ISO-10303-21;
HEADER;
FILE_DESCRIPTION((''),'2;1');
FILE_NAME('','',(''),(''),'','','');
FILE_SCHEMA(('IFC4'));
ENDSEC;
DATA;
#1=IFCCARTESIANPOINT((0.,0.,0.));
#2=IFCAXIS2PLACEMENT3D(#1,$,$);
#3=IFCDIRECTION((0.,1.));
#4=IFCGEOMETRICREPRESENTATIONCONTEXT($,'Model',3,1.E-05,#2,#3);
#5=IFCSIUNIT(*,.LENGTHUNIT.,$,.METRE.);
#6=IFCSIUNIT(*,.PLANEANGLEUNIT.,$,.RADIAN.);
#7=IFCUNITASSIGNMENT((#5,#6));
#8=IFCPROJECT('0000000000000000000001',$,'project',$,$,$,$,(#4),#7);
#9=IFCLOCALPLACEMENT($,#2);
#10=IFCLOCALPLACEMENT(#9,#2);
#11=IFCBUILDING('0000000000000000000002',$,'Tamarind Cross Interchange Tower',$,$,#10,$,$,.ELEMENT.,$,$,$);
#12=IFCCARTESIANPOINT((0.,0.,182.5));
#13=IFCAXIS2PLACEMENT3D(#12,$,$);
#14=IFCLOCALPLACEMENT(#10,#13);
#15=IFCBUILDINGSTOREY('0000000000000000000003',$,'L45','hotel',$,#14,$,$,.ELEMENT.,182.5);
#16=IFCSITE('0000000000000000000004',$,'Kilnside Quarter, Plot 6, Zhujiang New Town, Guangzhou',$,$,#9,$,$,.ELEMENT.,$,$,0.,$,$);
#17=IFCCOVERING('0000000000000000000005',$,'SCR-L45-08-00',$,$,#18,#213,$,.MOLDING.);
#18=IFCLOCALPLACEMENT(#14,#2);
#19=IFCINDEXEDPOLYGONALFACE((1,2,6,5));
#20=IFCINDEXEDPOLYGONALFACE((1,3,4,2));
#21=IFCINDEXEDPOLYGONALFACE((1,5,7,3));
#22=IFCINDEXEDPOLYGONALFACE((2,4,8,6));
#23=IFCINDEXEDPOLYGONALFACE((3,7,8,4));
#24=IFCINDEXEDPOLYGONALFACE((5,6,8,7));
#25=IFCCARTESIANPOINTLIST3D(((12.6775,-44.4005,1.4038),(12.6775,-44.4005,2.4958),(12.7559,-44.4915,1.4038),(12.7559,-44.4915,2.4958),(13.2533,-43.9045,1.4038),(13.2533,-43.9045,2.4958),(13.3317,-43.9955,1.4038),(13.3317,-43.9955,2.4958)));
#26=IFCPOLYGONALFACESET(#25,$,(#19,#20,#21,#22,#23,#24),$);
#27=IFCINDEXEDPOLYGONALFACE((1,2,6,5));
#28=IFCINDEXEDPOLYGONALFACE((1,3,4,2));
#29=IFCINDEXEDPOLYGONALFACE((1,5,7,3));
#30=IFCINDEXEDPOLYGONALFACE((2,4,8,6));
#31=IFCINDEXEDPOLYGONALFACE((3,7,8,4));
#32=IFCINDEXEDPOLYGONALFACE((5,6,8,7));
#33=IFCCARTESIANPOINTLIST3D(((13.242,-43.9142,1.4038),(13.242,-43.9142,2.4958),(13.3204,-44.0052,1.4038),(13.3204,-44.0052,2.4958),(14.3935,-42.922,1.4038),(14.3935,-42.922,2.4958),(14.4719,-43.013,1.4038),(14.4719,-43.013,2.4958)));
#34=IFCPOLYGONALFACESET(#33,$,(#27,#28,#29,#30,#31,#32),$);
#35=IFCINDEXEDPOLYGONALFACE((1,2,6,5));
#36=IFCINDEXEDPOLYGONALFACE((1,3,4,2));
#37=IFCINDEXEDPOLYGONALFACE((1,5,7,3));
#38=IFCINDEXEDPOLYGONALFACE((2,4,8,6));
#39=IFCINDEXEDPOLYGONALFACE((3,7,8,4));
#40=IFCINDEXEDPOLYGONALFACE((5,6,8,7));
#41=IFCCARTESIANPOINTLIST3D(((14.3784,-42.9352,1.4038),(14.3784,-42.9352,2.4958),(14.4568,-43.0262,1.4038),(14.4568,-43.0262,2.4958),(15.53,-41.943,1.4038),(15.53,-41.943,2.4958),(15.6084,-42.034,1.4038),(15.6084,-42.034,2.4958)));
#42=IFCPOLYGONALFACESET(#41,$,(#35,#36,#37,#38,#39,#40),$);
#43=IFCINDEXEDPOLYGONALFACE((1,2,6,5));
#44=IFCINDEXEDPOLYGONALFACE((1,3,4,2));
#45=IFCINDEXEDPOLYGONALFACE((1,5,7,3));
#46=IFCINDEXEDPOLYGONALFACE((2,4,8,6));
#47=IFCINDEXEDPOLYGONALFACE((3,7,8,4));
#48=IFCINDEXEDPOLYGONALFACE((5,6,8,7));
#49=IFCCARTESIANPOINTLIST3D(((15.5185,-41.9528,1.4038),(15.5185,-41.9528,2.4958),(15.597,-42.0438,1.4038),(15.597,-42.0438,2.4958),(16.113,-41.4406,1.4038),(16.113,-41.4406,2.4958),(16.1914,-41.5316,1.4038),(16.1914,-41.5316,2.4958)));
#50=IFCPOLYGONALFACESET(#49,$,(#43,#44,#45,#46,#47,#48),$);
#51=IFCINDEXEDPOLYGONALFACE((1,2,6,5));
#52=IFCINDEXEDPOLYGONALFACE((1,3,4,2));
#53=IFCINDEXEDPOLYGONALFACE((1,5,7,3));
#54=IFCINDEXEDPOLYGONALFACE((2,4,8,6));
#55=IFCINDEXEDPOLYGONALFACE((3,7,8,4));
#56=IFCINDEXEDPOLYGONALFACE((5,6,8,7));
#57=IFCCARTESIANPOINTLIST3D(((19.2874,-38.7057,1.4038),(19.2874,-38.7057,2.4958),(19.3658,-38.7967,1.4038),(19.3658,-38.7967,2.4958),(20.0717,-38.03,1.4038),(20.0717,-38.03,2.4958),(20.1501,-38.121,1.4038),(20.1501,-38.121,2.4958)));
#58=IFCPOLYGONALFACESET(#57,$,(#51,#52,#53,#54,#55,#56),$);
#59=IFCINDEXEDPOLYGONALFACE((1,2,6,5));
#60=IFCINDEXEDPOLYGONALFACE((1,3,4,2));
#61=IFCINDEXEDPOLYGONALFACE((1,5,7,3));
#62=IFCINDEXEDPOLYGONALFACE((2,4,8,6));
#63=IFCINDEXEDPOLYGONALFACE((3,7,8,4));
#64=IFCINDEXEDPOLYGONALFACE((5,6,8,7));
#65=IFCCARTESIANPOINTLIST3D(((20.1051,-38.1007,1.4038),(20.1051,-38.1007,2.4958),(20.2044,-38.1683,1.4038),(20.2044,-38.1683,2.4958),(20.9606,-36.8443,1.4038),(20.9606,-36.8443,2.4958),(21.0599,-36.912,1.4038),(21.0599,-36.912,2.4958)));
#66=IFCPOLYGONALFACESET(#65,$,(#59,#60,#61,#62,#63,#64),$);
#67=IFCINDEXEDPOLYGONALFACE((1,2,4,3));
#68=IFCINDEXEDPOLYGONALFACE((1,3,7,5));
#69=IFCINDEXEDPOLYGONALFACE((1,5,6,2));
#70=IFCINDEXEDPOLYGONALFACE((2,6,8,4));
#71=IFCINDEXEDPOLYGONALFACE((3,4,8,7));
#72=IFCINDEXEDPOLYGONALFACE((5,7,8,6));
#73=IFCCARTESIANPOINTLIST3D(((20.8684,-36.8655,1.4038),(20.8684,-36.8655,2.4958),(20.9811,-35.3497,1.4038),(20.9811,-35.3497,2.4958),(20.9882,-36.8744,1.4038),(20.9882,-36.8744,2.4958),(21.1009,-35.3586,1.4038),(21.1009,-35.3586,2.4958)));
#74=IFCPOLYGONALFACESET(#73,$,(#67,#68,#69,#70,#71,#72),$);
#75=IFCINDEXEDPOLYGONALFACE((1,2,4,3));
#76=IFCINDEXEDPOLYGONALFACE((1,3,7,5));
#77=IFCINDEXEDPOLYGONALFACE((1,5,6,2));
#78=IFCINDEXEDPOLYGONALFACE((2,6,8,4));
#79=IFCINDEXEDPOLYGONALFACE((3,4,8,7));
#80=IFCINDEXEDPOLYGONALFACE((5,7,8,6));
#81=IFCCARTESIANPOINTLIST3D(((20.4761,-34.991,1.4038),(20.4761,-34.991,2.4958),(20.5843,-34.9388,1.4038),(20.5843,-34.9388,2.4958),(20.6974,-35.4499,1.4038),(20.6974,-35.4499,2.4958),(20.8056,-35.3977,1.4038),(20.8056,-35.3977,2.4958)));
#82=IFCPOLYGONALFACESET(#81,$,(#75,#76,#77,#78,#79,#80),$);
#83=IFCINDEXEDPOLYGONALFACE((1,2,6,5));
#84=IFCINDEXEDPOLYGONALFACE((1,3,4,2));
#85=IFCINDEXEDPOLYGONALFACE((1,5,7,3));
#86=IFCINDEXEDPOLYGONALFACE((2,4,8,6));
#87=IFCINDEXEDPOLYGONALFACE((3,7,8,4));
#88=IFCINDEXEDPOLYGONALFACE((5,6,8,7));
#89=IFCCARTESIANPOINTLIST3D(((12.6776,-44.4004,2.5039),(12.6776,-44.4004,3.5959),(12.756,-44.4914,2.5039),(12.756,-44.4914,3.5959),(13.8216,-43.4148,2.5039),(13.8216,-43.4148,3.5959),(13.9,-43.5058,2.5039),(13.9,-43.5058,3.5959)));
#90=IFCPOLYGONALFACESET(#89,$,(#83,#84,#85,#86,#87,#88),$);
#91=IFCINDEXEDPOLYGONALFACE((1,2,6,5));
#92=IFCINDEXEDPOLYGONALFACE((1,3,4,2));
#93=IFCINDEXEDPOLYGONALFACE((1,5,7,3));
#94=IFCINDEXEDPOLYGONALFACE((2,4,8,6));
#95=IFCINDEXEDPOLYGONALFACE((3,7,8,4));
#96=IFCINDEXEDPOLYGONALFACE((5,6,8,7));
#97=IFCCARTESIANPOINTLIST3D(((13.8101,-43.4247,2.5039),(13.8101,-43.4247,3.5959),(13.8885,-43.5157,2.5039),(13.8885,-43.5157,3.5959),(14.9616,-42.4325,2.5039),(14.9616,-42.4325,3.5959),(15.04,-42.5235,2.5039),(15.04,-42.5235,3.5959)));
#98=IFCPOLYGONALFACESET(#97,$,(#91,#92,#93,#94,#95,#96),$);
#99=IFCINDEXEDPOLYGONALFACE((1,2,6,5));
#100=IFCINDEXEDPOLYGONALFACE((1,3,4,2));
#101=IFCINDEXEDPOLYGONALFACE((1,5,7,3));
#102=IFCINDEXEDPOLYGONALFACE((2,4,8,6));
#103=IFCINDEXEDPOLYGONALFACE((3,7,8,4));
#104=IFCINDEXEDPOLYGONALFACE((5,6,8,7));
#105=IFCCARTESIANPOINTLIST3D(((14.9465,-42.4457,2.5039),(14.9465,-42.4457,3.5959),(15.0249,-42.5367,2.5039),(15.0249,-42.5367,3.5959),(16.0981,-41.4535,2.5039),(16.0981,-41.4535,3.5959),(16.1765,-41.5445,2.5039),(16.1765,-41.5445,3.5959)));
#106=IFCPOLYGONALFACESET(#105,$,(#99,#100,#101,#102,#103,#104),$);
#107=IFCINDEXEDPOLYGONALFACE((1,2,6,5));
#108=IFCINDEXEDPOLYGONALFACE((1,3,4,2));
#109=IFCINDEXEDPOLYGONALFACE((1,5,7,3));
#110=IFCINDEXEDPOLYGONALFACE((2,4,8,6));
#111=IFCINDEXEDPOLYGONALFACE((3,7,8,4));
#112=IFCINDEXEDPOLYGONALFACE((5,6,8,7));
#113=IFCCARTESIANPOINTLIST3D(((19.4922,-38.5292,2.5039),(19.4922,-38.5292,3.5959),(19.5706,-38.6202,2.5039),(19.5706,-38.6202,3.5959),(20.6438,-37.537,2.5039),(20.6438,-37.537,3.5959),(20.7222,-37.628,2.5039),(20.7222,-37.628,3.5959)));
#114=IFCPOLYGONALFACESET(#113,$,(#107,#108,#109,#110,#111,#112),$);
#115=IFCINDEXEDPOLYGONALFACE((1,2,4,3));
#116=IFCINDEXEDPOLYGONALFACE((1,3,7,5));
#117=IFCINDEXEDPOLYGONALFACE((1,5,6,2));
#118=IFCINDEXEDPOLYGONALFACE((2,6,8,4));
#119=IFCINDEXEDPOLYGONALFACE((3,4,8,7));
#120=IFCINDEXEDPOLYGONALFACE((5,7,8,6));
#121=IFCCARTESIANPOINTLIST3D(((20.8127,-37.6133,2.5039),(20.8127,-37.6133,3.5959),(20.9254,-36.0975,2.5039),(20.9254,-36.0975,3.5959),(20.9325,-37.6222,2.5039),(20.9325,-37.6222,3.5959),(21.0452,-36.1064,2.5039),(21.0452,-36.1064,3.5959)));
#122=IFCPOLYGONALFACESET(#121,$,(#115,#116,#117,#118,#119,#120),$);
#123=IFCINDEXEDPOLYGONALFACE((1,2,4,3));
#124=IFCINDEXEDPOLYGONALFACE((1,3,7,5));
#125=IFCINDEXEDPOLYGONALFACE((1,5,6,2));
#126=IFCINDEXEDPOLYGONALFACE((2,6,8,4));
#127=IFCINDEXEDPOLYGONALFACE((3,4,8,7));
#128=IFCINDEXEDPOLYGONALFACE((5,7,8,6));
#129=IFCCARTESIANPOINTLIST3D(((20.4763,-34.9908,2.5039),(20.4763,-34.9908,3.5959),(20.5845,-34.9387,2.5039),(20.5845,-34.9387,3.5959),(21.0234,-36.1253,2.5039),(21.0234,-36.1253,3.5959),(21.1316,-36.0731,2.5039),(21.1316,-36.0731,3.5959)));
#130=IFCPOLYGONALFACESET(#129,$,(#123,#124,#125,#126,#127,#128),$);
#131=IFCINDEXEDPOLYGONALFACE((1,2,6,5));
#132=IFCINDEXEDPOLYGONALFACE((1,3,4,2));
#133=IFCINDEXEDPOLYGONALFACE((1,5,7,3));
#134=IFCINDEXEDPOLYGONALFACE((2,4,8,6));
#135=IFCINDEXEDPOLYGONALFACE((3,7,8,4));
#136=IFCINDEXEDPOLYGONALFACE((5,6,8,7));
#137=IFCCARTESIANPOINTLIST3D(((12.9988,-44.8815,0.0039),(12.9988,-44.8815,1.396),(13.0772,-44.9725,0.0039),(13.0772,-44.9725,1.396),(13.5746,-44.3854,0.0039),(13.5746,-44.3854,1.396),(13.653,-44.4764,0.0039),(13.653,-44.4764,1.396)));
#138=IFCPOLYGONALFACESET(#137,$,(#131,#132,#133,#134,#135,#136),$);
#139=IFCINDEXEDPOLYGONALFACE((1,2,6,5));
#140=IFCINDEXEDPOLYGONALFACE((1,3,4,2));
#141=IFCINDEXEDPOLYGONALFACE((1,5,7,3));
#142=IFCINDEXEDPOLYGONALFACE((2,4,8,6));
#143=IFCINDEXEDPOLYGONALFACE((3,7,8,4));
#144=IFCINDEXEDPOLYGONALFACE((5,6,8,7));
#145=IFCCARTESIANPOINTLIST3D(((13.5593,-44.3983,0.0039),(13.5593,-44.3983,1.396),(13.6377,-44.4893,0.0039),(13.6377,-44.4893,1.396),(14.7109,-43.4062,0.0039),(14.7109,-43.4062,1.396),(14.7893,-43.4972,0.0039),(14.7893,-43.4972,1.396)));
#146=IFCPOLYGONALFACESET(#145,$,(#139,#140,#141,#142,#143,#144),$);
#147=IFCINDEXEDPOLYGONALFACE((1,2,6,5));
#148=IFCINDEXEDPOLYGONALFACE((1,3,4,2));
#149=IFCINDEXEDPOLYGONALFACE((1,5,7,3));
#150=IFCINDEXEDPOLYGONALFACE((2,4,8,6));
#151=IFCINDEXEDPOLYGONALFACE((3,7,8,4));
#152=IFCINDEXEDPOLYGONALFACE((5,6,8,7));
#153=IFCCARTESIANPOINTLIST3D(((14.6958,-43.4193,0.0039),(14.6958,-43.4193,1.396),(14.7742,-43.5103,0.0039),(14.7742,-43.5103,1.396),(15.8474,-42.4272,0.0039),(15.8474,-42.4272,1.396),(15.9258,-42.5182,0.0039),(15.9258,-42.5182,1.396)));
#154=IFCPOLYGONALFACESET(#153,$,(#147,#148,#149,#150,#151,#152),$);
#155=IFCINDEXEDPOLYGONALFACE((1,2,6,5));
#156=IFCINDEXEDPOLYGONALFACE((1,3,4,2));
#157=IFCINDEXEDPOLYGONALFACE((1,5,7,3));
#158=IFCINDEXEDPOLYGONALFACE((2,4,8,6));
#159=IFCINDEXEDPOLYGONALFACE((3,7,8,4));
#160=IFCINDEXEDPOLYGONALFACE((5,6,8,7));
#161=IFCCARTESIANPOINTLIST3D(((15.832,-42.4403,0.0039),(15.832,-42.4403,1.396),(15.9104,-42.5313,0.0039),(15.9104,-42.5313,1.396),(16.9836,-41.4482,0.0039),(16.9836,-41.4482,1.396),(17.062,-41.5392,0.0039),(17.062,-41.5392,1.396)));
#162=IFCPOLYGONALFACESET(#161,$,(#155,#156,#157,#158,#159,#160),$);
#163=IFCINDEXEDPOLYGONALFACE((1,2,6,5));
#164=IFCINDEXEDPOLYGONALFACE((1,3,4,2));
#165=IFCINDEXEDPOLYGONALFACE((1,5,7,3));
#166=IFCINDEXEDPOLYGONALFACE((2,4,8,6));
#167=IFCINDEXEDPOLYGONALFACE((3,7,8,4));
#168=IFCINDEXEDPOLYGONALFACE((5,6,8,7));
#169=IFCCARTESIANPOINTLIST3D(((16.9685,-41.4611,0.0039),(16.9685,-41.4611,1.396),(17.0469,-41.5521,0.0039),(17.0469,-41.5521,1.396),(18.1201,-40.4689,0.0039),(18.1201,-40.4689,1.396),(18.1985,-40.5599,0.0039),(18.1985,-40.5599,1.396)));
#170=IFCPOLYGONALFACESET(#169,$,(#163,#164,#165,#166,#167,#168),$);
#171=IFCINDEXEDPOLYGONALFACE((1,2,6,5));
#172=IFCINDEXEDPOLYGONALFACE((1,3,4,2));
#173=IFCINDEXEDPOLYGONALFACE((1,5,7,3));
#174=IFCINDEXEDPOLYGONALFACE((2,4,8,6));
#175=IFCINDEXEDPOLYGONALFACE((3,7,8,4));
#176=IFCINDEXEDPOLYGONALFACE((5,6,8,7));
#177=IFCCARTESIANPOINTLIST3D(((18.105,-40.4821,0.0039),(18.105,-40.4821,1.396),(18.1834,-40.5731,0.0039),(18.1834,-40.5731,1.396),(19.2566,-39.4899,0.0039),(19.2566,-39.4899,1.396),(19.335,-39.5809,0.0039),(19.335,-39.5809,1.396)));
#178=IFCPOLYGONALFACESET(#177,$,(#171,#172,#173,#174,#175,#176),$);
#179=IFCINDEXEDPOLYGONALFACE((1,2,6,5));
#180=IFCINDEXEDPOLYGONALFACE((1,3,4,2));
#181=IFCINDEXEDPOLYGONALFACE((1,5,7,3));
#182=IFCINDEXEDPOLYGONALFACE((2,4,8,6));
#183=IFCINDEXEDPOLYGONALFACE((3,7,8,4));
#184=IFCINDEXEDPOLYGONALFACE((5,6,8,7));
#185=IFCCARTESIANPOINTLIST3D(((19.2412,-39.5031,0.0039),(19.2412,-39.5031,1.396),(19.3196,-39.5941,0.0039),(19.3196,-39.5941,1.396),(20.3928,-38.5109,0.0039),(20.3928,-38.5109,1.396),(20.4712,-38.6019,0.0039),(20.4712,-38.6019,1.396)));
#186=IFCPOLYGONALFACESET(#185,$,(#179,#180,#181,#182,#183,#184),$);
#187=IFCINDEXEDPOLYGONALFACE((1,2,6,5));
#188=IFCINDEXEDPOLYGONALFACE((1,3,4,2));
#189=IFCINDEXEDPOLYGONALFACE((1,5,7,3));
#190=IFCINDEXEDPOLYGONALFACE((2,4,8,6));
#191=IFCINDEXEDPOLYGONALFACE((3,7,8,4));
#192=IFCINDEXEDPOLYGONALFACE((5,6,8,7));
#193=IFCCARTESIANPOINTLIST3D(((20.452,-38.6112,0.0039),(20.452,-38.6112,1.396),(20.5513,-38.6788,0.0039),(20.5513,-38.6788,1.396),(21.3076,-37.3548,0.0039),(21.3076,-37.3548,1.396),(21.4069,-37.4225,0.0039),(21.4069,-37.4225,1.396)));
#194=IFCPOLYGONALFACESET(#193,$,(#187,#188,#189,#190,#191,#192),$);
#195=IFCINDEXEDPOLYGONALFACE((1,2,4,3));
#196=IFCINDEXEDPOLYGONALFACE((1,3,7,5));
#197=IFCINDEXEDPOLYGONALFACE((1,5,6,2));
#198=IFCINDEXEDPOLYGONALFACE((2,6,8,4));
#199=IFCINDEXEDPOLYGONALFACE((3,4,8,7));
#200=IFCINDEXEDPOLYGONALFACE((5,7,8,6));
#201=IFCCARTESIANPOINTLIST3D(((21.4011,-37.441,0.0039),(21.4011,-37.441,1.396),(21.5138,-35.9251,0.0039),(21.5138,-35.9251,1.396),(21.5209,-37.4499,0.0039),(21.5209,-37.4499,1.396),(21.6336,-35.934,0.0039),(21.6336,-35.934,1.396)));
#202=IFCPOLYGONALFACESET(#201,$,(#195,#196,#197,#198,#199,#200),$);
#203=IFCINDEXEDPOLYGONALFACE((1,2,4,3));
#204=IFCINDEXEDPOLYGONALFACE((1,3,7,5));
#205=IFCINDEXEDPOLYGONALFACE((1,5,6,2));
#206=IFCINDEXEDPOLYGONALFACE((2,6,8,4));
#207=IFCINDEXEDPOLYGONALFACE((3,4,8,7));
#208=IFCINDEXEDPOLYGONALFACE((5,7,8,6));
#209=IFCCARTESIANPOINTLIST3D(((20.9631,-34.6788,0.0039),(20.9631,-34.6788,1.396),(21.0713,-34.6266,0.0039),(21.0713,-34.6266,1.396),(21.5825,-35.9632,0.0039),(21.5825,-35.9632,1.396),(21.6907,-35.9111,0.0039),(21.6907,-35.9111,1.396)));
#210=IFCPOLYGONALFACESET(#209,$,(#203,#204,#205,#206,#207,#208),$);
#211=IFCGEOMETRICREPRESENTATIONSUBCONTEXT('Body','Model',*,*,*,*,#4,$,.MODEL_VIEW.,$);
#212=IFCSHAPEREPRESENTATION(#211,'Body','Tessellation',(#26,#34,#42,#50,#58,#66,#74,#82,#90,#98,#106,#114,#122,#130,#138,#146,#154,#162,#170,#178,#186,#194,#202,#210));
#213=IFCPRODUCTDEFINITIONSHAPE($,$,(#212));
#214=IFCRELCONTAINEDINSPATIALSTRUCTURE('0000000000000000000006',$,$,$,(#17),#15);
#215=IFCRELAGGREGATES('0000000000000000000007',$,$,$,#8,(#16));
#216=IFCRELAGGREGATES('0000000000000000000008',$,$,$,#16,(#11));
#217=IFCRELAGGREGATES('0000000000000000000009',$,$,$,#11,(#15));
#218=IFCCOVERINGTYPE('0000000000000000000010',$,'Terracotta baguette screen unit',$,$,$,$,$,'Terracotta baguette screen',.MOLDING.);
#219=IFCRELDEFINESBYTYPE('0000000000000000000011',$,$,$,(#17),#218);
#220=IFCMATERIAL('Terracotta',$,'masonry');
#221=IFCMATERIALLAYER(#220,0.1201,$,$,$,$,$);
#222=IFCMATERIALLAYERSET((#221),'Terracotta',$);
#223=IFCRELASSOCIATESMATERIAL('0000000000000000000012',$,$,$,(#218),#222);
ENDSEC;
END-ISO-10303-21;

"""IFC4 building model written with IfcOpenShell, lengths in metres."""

from ifc_helpers import new_model, si_unit, direction, frame, origin, origin_2d, place, context, subcontext, project, spatial, rectangle, extrude, material, layer, layer_set, type_object, element, save


model = new_model("IFC4")

# Units and contexts
model_context = context("Model", 3, precision=1e-05, world=origin(), true_north=direction((0.0, 1.0)))
body_context = subcontext(model_context, "Body", "Model", "MODEL_VIEW")
ifc_project = project(units=[si_unit("LENGTHUNIT", "METRE"), si_unit("PLANEANGLEUNIT", "RADIAN")], contexts=[model_context])

# Site, building, storey
site_placement = place(None, origin())
site = spatial("IfcSite", under=ifc_project, at=site_placement, Name="Kilnside Quarter, Plot 6, Zhujiang New Town, Guangzhou", CompositionType="ELEMENT", RefElevation=0.0)
building_placement = place(site_placement, origin())
building = spatial("IfcBuilding", under=site, at=building_placement, Name="Tamarind Cross Interchange Tower", CompositionType="ELEMENT")
storey_placement = place(building_placement, frame((0.0, 0.0, 182.5)))
storey = spatial("IfcBuildingStorey", under=building, at=storey_placement, Name="L45", Description="hotel", CompositionType="ELEMENT", Elevation=182.5)

# Covering
ifc_material_1 = material(Name="Terracotta", Category="masonry")
ifc_layer_1 = layer(ifc_material_1, 0.1201)
ifc_layer_set_1 = layer_set([ifc_layer_1], Name="Terracotta")
covering_type = type_object("IfcCoveringType", Name="Terracotta baguette screen unit", ElementType="Terracotta baguette screen", PredefinedType="MOLDING", material=ifc_layer_set_1)
covering_1_placement = place(storey_placement, origin())
element("IfcCovering", 1, at=covering_1_placement, inside=storey, type_object=covering_type, Name="SCR-L45-08-00", PredefinedType="MOLDING", context=body_context, shape_type="SweptSolid", body=[
    extrude(rectangle(XDim=0.76, YDim=0.1201, at=origin_2d()), frame((13.0046, -44.198, 1.4038), z_axis=(0.0, 0.0, 1.0), x_axis=(0.757597, 0.652723, 0.0)), (0.0, 0.0, 1.0), 1.092),
    extrude(rectangle(XDim=1.52, YDim=0.1201, at=origin_2d()), frame((13.8569, -43.4636, 1.4038), z_axis=(0.0, 0.0, 1.0), x_axis=(0.757597, 0.652723, 0.0)), (0.0, 0.0, 1.0), 1.092),
    extrude(rectangle(XDim=1.52, YDim=0.1201, at=origin_2d()), frame((14.9934, -42.4846, 1.4038), z_axis=(0.0, 0.0, 1.0), x_axis=(0.757597, 0.652723, 0.0)), (0.0, 0.0, 1.0), 1.092),
    extrude(rectangle(XDim=0.7847, YDim=0.1201, at=origin_2d()), frame((15.855, -41.7422, 1.4038), z_axis=(0.0, 0.0, 1.0), x_axis=(0.757597, 0.652723, 0.0)), (0.0, 0.0, 1.0), 1.092),
    extrude(rectangle(XDim=1.0352, YDim=0.1201, at=origin_2d()), frame((19.7188, -38.4133, 1.4038), z_axis=(0.0, 0.0, 1.0), x_axis=(0.757597, 0.652723, 0.0)), (0.0, 0.0, 1.0), 1.092),
    extrude(rectangle(XDim=1.52, YDim=0.1201, at=origin_2d()), frame((20.5825, -37.5063, 1.4038), z_axis=(0.0, 0.0, 1.0), x_axis=(0.562845, 0.826562, 0.0)), (0.0, 0.0, 1.0), 1.092),
    extrude(rectangle(XDim=1.52, YDim=0.1201, at=origin_2d()), frame((20.9846, -36.1121, 1.4038), z_axis=(0.0, 0.0, 1.0), x_axis=(0.074157, 0.997247, 0.0)), (0.0, 0.0, 1.0), 1.092),
    extrude(rectangle(XDim=0.5095, YDim=0.1201, at=origin_2d()), frame((20.6409, -35.1943, 1.4038), z_axis=(0.0, 0.0, 1.0), x_axis=(-0.434401, 0.900719, 0.0)), (0.0, 0.0, 1.0), 1.092),
    extrude(rectangle(XDim=1.51, YDim=0.1201, at=origin_2d()), frame((13.2888, -43.9531, 2.5039), z_axis=(0.0, 0.0, 1.0), x_axis=(0.757597, 0.652723, 0.0)), (0.0, 0.0, 1.0), 1.092),
    extrude(rectangle(XDim=1.52, YDim=0.1201, at=origin_2d()), frame((14.425, -42.9741, 2.5039), z_axis=(0.0, 0.0, 1.0), x_axis=(0.757597, 0.652723, 0.0)), (0.0, 0.0, 1.0), 1.092),
    extrude(rectangle(XDim=1.52, YDim=0.1201, at=origin_2d()), frame((15.5615, -41.9951, 2.5039), z_axis=(0.0, 0.0, 1.0), x_axis=(0.757597, 0.652723, 0.0)), (0.0, 0.0, 1.0), 1.092),
    extrude(rectangle(XDim=1.52, YDim=0.1201, at=origin_2d()), frame((20.1072, -38.0786, 2.5039), z_axis=(0.0, 0.0, 1.0), x_axis=(0.757597, 0.652723, 0.0)), (0.0, 0.0, 1.0), 1.092),
    extrude(rectangle(XDim=1.52, YDim=0.1201, at=origin_2d()), frame((20.929, -36.8599, 2.5039), z_axis=(0.0, 0.0, 1.0), x_axis=(0.074157, 0.997247, 0.0)), (0.0, 0.0, 1.0), 1.092),
    extrude(rectangle(XDim=1.2595, YDim=0.1201, at=origin_2d()), frame((20.804, -35.532, 2.5039), z_axis=(0.0, 0.0, 1.0), x_axis=(-0.434401, 0.900719, 0.0)), (0.0, 0.0, 1.0), 1.092),
    extrude(rectangle(XDim=0.76, YDim=0.1201, at=origin_2d()), frame((13.3259, -44.679, 0.0039), z_axis=(0.0, 0.0, 1.0), x_axis=(0.757597, 0.652723, 0.0)), (0.0, 0.0, 1.0), 1.3921),
    extrude(rectangle(XDim=1.52, YDim=0.1201, at=origin_2d()), frame((14.1743, -43.9478, 0.0039), z_axis=(0.0, 0.0, 1.0), x_axis=(0.757597, 0.652723, 0.0)), (0.0, 0.0, 1.0), 1.3921),
    extrude(rectangle(XDim=1.52, YDim=0.1201, at=origin_2d()), frame((15.3108, -42.9688, 0.0039), z_axis=(0.0, 0.0, 1.0), x_axis=(0.757597, 0.652723, 0.0)), (0.0, 0.0, 1.0), 1.3921),
    extrude(rectangle(XDim=1.52, YDim=0.1201, at=origin_2d()), frame((16.447, -41.9897, 0.0039), z_axis=(0.0, 0.0, 1.0), x_axis=(0.757597, 0.652723, 0.0)), (0.0, 0.0, 1.0), 1.3921),
    extrude(rectangle(XDim=1.52, YDim=0.1201, at=origin_2d()), frame((17.5835, -41.0105, 0.0039), z_axis=(0.0, 0.0, 1.0), x_axis=(0.757597, 0.652723, 0.0)), (0.0, 0.0, 1.0), 1.3921),
    extrude(rectangle(XDim=1.52, YDim=0.1201, at=origin_2d()), frame((18.72, -40.0315, 0.0039), z_axis=(0.0, 0.0, 1.0), x_axis=(0.757597, 0.652723, 0.0)), (0.0, 0.0, 1.0), 1.3921),
    extrude(rectangle(XDim=1.52, YDim=0.1201, at=origin_2d()), frame((19.8562, -39.0525, 0.0039), z_axis=(0.0, 0.0, 1.0), x_axis=(0.757597, 0.652723, 0.0)), (0.0, 0.0, 1.0), 1.3921),
    extrude(rectangle(XDim=1.52, YDim=0.1201, at=origin_2d()), frame((20.9294, -38.0168, 0.0039), z_axis=(0.0, 0.0, 1.0), x_axis=(0.562845, 0.826562, 0.0)), (0.0, 0.0, 1.0), 1.3921),
    extrude(rectangle(XDim=1.52, YDim=0.1201, at=origin_2d()), frame((21.5173, -36.6875, 0.0039), z_axis=(0.0, 0.0, 1.0), x_axis=(0.074157, 0.997247, 0.0)), (0.0, 0.0, 1.0), 1.3921),
    extrude(rectangle(XDim=1.426, YDim=0.1201, at=origin_2d()), frame((21.3269, -35.2949, 0.0039), z_axis=(0.0, 0.0, 1.0), x_axis=(-0.434401, 0.900719, 0.0)), (0.0, 0.0, 1.0), 1.3921),
])

save(model, "model.ifc")
